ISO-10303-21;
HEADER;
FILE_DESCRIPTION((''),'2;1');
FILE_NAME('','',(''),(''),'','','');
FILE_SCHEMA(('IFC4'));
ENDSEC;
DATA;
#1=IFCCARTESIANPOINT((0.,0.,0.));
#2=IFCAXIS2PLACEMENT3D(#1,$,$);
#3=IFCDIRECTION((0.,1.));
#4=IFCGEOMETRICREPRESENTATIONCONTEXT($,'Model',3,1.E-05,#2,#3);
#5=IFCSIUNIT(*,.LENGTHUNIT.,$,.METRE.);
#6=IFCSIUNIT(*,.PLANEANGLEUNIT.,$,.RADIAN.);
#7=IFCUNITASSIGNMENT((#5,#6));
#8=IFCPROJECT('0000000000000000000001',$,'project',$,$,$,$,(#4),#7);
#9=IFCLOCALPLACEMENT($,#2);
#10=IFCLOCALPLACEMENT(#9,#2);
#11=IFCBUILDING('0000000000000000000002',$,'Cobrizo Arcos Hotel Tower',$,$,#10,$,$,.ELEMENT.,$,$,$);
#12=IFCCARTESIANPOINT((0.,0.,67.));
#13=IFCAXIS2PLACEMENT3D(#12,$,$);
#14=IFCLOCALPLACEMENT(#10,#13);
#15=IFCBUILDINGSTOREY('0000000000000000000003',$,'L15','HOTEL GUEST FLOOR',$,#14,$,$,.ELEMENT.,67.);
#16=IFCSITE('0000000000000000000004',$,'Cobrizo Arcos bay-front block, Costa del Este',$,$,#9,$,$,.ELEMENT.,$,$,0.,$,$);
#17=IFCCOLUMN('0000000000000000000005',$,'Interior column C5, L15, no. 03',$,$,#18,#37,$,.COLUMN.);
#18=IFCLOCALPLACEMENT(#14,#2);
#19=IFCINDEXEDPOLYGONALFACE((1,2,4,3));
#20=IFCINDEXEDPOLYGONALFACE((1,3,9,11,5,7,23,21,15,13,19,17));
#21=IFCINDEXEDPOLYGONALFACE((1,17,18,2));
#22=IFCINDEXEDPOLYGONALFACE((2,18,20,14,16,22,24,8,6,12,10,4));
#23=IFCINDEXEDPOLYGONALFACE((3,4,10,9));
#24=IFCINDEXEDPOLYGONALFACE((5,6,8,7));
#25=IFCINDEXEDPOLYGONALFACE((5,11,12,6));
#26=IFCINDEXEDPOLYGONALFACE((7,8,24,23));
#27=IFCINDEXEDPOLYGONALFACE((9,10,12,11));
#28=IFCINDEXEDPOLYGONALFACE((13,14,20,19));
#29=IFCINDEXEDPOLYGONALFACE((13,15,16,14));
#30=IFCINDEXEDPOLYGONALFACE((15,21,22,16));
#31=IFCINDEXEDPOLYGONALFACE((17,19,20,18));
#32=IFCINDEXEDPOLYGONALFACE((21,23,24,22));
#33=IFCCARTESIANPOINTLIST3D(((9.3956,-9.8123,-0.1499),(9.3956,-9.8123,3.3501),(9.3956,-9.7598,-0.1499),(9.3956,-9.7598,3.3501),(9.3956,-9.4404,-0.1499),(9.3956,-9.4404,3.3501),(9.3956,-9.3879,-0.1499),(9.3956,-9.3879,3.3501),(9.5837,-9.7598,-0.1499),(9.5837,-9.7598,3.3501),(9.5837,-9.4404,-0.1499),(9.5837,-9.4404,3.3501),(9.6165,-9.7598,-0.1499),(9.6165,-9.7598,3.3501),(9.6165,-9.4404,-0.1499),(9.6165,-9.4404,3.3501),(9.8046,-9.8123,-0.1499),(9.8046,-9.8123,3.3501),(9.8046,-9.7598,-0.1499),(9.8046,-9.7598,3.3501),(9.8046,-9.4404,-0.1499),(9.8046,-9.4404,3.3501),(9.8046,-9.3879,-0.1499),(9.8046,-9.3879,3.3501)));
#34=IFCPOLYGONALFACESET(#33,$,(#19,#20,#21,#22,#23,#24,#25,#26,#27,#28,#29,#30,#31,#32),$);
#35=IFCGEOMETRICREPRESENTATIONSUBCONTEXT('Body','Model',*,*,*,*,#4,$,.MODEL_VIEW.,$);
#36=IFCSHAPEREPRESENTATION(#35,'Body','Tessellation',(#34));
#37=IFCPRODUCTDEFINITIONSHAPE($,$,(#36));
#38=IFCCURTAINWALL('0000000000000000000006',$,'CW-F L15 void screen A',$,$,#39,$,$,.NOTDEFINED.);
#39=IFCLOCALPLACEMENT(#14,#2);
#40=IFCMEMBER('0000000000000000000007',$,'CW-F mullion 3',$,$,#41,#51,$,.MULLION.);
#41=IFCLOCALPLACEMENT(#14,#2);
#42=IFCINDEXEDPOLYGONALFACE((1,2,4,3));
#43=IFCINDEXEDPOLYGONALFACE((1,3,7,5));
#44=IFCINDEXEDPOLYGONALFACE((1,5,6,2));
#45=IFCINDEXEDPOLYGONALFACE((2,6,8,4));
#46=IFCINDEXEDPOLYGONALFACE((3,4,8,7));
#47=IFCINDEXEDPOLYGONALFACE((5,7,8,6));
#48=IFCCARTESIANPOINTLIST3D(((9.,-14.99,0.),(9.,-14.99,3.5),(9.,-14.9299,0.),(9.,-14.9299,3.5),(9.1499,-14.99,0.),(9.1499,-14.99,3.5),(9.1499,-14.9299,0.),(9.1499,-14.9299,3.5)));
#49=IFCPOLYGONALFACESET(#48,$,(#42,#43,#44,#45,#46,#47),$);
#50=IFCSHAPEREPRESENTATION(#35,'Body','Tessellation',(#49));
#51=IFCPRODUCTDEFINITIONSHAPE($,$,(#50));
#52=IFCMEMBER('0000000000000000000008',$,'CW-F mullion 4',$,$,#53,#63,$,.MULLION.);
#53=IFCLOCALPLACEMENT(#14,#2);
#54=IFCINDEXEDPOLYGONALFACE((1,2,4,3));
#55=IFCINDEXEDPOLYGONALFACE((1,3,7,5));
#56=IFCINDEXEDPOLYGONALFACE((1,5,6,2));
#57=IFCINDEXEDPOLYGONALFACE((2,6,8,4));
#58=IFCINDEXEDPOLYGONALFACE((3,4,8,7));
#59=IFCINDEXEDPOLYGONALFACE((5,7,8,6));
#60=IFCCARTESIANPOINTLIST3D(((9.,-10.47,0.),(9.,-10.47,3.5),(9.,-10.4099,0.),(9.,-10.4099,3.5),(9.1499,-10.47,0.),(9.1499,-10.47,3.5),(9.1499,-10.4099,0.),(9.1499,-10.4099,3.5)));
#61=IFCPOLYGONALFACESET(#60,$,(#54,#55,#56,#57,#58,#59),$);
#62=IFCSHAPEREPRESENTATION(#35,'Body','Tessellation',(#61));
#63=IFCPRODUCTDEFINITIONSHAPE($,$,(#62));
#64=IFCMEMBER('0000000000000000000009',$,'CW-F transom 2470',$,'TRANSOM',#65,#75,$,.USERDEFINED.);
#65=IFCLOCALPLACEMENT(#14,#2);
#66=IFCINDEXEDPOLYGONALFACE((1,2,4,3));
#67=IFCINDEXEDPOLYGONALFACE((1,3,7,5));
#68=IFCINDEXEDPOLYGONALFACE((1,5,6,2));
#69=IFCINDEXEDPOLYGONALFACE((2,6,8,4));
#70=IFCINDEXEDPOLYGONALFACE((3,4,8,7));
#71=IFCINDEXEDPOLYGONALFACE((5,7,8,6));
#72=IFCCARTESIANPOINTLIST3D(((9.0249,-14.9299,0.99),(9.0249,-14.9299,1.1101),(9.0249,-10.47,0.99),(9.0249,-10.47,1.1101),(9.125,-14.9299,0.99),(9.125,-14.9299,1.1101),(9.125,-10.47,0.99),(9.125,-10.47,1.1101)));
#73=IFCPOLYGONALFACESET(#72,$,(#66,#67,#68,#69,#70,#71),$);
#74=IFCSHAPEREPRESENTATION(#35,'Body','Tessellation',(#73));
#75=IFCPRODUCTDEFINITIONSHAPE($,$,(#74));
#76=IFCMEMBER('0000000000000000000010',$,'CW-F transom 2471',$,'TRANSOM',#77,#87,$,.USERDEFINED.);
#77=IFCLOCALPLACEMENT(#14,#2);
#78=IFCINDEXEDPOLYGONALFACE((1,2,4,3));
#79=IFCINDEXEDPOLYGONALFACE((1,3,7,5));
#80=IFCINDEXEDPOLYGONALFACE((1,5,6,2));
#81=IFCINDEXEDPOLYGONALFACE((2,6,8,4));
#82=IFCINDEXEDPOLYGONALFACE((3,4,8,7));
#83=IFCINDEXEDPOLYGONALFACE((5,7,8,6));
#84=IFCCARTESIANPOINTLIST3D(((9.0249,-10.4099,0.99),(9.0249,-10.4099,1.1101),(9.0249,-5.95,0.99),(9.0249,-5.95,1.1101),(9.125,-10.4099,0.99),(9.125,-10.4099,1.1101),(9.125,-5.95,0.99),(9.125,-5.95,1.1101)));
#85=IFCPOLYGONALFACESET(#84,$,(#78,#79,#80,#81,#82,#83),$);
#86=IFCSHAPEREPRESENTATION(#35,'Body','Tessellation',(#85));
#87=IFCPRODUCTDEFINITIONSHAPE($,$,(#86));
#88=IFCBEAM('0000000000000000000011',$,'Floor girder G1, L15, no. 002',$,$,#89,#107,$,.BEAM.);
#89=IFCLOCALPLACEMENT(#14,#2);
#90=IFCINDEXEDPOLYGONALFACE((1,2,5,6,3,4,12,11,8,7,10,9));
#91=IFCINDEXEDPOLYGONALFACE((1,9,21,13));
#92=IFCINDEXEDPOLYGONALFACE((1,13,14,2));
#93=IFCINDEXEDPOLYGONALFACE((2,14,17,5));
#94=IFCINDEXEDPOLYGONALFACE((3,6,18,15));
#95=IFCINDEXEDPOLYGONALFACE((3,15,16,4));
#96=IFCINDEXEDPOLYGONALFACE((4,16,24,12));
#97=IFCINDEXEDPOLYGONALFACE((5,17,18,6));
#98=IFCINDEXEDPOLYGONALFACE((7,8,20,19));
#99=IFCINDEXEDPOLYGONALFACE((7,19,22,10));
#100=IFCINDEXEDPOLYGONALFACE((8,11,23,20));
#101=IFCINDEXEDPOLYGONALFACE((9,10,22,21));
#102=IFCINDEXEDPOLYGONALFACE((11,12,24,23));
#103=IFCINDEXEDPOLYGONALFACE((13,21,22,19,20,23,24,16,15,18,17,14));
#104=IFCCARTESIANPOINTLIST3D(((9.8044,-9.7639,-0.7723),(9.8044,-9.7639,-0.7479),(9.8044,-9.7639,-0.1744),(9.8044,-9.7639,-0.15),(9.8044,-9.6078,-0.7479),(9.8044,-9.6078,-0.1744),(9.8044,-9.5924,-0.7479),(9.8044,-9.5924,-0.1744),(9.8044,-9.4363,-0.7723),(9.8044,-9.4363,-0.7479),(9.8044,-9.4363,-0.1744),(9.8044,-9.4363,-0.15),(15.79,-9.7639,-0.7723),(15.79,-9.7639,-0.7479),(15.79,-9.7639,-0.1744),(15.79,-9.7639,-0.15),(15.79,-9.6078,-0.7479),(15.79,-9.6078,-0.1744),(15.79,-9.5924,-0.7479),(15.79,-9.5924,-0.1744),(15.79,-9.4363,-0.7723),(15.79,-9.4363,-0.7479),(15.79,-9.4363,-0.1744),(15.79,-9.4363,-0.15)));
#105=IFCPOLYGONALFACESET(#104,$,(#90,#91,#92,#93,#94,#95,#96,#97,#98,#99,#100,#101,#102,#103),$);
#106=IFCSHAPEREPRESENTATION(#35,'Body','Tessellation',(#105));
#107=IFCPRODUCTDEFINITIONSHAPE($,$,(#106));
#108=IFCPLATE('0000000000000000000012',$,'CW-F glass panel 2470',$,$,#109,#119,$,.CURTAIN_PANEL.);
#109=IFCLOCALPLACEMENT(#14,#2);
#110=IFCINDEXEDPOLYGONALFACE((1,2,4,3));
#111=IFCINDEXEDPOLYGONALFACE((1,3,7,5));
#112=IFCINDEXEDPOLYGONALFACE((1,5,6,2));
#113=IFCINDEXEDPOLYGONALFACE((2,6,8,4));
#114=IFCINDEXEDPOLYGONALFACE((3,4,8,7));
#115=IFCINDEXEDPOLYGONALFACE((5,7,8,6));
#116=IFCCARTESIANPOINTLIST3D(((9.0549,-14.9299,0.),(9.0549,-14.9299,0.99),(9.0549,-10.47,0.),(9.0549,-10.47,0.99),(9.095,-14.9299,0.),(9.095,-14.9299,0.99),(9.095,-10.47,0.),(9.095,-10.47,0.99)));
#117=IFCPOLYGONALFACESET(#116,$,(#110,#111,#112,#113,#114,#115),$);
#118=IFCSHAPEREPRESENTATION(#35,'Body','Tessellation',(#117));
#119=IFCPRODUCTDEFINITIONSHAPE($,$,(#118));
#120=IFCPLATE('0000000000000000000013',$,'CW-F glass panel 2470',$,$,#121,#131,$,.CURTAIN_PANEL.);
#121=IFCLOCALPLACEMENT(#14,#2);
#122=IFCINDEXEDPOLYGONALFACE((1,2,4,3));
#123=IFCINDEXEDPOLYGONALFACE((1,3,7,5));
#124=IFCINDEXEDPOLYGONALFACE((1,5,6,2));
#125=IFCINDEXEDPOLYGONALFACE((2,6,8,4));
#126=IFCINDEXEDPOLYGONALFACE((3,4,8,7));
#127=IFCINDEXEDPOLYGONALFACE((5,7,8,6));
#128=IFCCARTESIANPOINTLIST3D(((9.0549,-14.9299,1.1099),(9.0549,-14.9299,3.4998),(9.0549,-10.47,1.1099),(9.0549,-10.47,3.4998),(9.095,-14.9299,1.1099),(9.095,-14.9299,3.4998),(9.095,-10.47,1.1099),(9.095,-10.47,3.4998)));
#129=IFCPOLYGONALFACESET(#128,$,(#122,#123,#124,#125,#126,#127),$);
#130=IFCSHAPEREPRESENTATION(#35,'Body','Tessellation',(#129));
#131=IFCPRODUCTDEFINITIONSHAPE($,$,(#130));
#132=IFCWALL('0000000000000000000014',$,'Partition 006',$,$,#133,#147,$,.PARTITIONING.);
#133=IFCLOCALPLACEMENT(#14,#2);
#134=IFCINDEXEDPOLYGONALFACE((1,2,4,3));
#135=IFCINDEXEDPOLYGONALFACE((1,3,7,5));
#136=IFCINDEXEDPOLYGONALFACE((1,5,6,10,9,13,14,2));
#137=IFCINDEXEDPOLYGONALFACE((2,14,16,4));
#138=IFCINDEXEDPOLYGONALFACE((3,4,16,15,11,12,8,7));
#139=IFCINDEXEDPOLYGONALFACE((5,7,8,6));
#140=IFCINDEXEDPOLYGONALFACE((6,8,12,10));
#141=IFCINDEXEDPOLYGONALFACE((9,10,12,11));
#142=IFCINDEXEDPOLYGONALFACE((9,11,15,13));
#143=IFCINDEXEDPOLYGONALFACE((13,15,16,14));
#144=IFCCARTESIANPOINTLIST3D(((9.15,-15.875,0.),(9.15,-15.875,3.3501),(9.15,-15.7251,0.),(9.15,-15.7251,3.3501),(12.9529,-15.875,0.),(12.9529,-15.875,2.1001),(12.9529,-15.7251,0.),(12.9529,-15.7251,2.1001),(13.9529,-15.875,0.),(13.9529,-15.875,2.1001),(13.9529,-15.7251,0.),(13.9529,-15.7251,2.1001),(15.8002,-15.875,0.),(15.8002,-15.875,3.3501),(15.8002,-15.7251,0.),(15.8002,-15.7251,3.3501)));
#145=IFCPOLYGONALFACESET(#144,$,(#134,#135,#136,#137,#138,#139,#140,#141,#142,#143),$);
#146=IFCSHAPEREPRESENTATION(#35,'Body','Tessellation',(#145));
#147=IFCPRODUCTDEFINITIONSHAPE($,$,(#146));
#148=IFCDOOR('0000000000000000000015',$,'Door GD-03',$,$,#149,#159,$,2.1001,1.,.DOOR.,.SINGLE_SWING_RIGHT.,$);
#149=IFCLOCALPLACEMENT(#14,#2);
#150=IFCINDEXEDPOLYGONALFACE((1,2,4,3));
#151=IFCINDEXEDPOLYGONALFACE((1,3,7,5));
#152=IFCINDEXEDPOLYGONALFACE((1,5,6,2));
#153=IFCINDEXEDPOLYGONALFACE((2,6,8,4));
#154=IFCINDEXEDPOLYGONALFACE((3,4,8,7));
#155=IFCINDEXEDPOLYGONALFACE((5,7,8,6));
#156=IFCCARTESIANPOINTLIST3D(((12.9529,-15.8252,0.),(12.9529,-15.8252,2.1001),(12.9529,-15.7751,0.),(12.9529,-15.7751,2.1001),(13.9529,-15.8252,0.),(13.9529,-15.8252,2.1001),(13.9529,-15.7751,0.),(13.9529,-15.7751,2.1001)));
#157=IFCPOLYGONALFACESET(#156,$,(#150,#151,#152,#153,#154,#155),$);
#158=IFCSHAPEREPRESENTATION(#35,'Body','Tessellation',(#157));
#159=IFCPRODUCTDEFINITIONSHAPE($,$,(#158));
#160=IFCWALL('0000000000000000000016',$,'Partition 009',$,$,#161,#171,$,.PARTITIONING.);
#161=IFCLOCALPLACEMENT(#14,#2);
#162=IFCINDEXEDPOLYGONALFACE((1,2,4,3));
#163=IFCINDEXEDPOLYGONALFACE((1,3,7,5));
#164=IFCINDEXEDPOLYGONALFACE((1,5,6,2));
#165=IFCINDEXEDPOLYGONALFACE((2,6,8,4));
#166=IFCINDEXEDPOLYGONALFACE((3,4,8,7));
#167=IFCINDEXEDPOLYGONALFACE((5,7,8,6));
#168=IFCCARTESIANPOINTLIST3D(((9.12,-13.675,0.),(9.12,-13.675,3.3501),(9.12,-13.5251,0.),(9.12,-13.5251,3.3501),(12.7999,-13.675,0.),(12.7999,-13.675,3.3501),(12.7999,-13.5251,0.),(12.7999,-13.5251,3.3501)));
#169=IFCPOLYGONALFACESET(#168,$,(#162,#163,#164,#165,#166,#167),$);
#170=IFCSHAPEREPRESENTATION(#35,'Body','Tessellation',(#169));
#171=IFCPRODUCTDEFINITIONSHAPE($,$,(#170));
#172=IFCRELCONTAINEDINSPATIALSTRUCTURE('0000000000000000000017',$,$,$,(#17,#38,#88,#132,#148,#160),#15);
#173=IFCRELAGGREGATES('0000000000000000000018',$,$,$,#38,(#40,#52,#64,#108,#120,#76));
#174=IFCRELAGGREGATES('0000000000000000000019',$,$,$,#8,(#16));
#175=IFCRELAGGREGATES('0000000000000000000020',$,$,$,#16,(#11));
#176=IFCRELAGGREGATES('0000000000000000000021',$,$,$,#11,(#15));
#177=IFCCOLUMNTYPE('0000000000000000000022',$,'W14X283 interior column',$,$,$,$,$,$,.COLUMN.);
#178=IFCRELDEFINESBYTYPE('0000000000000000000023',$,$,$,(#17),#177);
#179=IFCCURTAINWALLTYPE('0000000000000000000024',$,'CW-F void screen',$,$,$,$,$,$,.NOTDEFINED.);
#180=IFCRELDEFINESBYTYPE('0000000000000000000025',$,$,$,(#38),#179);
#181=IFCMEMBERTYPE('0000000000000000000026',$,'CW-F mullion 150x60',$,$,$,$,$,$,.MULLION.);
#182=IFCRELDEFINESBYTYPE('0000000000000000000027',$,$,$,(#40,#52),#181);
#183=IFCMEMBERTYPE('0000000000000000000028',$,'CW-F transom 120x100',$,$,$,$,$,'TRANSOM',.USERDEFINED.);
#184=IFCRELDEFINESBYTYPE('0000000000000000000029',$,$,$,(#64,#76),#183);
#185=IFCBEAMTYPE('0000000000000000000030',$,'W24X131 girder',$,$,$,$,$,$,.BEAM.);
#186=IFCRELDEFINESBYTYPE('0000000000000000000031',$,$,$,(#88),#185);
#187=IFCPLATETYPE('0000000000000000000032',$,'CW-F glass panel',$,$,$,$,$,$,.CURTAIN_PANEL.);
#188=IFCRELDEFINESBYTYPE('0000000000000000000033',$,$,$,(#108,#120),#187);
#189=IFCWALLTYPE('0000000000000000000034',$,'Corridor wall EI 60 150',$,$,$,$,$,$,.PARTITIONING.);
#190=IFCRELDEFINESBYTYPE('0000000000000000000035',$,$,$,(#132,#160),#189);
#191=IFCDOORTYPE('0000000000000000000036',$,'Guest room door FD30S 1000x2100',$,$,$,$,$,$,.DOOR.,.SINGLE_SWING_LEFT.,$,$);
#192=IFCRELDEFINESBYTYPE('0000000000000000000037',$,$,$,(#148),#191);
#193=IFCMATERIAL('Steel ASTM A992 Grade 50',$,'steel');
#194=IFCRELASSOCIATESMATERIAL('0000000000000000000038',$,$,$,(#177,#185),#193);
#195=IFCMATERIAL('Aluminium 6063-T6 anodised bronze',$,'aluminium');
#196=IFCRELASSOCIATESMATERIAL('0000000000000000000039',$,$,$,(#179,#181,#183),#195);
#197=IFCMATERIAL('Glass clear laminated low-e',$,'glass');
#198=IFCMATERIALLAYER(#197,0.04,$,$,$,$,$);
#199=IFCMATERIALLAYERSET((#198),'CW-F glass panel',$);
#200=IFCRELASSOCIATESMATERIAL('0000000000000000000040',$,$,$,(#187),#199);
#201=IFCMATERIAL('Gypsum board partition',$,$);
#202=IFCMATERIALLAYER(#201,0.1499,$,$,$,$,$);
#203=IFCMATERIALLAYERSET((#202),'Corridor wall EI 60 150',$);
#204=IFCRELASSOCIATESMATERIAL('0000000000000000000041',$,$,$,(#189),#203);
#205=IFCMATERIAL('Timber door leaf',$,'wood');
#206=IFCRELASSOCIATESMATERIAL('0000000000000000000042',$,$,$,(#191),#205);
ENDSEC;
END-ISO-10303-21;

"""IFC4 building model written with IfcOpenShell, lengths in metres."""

from ifc_helpers import new_model, si_unit, direction, frame, frame_2d, origin, origin_2d, place, context, subcontext, project, spatial, rectangle, i_section, extrude, material, layer, layer_set, material_profile, profile_set, type_object, element, fill, aggregate, save


model = new_model("IFC4")

# Units and contexts
model_context = context("Model", 3, precision=1e-05, world=origin(), true_north=direction((0.0, 1.0)))
body_context = subcontext(model_context, "Body", "Model", "MODEL_VIEW")
ifc_project = project(units=[si_unit("LENGTHUNIT", "METRE"), si_unit("PLANEANGLEUNIT", "RADIAN")], contexts=[model_context])

# Site, building, storey
site_placement = place(None, origin())
site = spatial("IfcSite", under=ifc_project, at=site_placement, Name="Cobrizo Arcos bay-front block, Costa del Este", CompositionType="ELEMENT", RefElevation=0.0)
building_placement = place(site_placement, origin())
building = spatial("IfcBuilding", under=site, at=building_placement, Name="Cobrizo Arcos Hotel Tower", CompositionType="ELEMENT")
storey_placement = place(building_placement, frame((0.0, 0.0, 67.0)))
storey = spatial("IfcBuildingStorey", under=building, at=storey_placement, Name="L15", Description="HOTEL GUEST FLOOR", CompositionType="ELEMENT", Elevation=67.0)

# Column
ifc_material_1 = material(Name="Steel ASTM A992 Grade 50", Category="steel")
ifc_material_profile_1 = material_profile(ifc_material_1, i_section(OverallWidth=0.4089, OverallDepth=0.4243, WebThickness=0.0327, FlangeThickness=0.0525, at=origin_2d()), Name="W14X283")
ifc_profile_set_1 = profile_set([ifc_material_profile_1], Name="Steel ASTM A992 Grade 50")
column_type = type_object("IfcColumnType", Name="W14X283 interior column", PredefinedType="COLUMN", material=ifc_profile_set_1)
column_placement = place(storey_placement, frame((9.6001, -9.6001, -0.1499), z_axis=(0.0, 0.0, 1.0), x_axis=(1.0, 0.0, 0.0)))
element("IfcColumn", 1, at=column_placement, inside=storey, type_object=column_type, Name="Interior column C5, L15, no. 03", PredefinedType="COLUMN", context=body_context, shape_type="SweptSolid", body=[
    extrude(i_section(OverallWidth=0.4089, OverallDepth=0.4243, WebThickness=0.0327, FlangeThickness=0.0525, at=origin_2d()), origin(), (0.0, 0.0, 1.0), 3.5),
])

# Curtain wall, members
ifc_material_2 = material(Name="Aluminium 6063-T6 anodised bronze", Category="aluminium")
curtain_wall_type = type_object("IfcCurtainWallType", Name="CW-F void screen", PredefinedType="NOTDEFINED", material=ifc_material_2)
curtain_wall_placement = place(storey_placement, origin())
curtain_wall = element("IfcCurtainWall", 2, at=curtain_wall_placement, inside=storey, type_object=curtain_wall_type, Name="CW-F L15 void screen A", PredefinedType="NOTDEFINED")
ifc_material_profile_2 = material_profile(ifc_material_2, rectangle(XDim=0.1499, YDim=0.0601, at=origin_2d()), Name="CW-F mullion 150x60")
ifc_profile_set_2 = profile_set([ifc_material_profile_2], Name="Aluminium 6063-T6 anodised bronze")
member_type_1 = type_object("IfcMemberType", Name="CW-F mullion 150x60", PredefinedType="MULLION", material=ifc_profile_set_2)
member_1_placement = place(storey_placement, frame((9.075, -14.96, 0.0), z_axis=(0.0, 0.0, 1.0), x_axis=(1.0, 0.0, 0.0)))
member_1 = element("IfcMember", 3, at=member_1_placement, type_object=member_type_1, Name="CW-F mullion 3", PredefinedType="MULLION", context=body_context, shape_type="SweptSolid", body=[
    extrude(rectangle(XDim=0.1499, YDim=0.0601, at=origin_2d()), origin(), (0.0, 0.0, 1.0), 3.5),
])
member_2_placement = place(storey_placement, frame((9.075, -10.4399, 0.0), z_axis=(0.0, 0.0, 1.0), x_axis=(1.0, 0.0, 0.0)))
member_2 = element("IfcMember", 4, at=member_2_placement, type_object=member_type_1, Name="CW-F mullion 4", PredefinedType="MULLION", context=body_context, shape_type="SweptSolid", body=[
    extrude(rectangle(XDim=0.1499, YDim=0.0601, at=origin_2d()), origin(), (0.0, 0.0, 1.0), 3.5),
])
ifc_material_profile_3 = material_profile(ifc_material_2, rectangle(XDim=0.1001, YDim=0.1201, at=origin_2d()), Name="CW-F transom 120x100")
ifc_profile_set_3 = profile_set([ifc_material_profile_3], Name="Aluminium 6063-T6 anodised bronze")
member_type_2 = type_object("IfcMemberType", Name="CW-F transom 120x100", ElementType="TRANSOM", PredefinedType="USERDEFINED", material=ifc_profile_set_3)
member_3_placement = place(storey_placement, frame((9.075, -14.9299, 1.05), z_axis=(0.0, 1.0, 0.0), x_axis=(-1.0, 0.0, 0.0)))
member_3 = element("IfcMember", 5, at=member_3_placement, type_object=member_type_2, Name="CW-F transom 2470", ObjectType="TRANSOM", PredefinedType="USERDEFINED", context=body_context, shape_type="SweptSolid", body=[
    extrude(rectangle(XDim=0.1001, YDim=0.1201, at=origin_2d()), origin(), (0.0, 0.0, 1.0), 4.46),
])
member_4_placement = place(storey_placement, frame((9.075, -10.4099, 1.05), z_axis=(0.0, 1.0, 0.0), x_axis=(-1.0, 0.0, 0.0)))
member_4 = element("IfcMember", 6, at=member_4_placement, type_object=member_type_2, Name="CW-F transom 2471", ObjectType="TRANSOM", PredefinedType="USERDEFINED", context=body_context, shape_type="SweptSolid", body=[
    extrude(rectangle(XDim=0.1001, YDim=0.1201, at=origin_2d()), origin(), (0.0, 0.0, 1.0), 4.46),
])

# Beam
ifc_material_profile_4 = material_profile(ifc_material_1, i_section(OverallWidth=0.3276, OverallDepth=0.6223, WebThickness=0.0154, FlangeThickness=0.0244, at=origin_2d()), Name="W24X131")
ifc_profile_set_4 = profile_set([ifc_material_profile_4], Name="Steel ASTM A992 Grade 50")
beam_type = type_object("IfcBeamType", Name="W24X131 girder", PredefinedType="BEAM", material=ifc_profile_set_4)
beam_placement = place(storey_placement, frame((9.8044, -9.6001, -0.4612), z_axis=(1.0, 0.0, 0.0), x_axis=(0.0, 1.0, 0.0)))
element("IfcBeam", 7, at=beam_placement, inside=storey, type_object=beam_type, Name="Floor girder G1, L15, no. 002", PredefinedType="BEAM", context=body_context, shape_type="SweptSolid", body=[
    extrude(i_section(OverallWidth=0.3276, OverallDepth=0.6223, WebThickness=0.0154, FlangeThickness=0.0244, at=origin_2d()), origin(), (0.0, 0.0, 1.0), 5.9856),
])

# Plates
ifc_material_3 = material(Name="Glass clear laminated low-e", Category="glass")
ifc_layer_1 = layer(ifc_material_3, 0.04)
ifc_layer_set_1 = layer_set([ifc_layer_1], Name="CW-F glass panel")
plate_type = type_object("IfcPlateType", Name="CW-F glass panel", PredefinedType="CURTAIN_PANEL", material=ifc_layer_set_1)
plate_1_placement = place(storey_placement, frame((9.075, -12.7, 0.0), z_axis=(0.0, 0.0, 1.0), x_axis=(0.0, 1.0, 0.0)))
plate_1 = element("IfcPlate", 8, at=plate_1_placement, type_object=plate_type, Name="CW-F glass panel 2470", PredefinedType="CURTAIN_PANEL", context=body_context, shape_type="SweptSolid", body=[
    extrude(rectangle(XDim=4.46, YDim=0.04, at=origin_2d()), origin(), (0.0, 0.0, 1.0), 0.99),
])
plate_2_placement = place(storey_placement, frame((9.075, -12.7, 1.1099), z_axis=(0.0, 0.0, 1.0), x_axis=(0.0, 1.0, 0.0)))
plate_2 = element("IfcPlate", 9, at=plate_2_placement, type_object=plate_type, Name="CW-F glass panel 2470", PredefinedType="CURTAIN_PANEL", context=body_context, shape_type="SweptSolid", body=[
    extrude(rectangle(XDim=4.46, YDim=0.04, at=origin_2d()), origin(), (0.0, 0.0, 1.0), 2.3899),
])
aggregate(curtain_wall, [member_1, member_2, member_3, plate_1, plate_2, member_4])

# Wall, opening, door
ifc_material_4 = material(Name="Gypsum board partition")
ifc_layer_2 = layer(ifc_material_4, 0.1499)
ifc_layer_set_2 = layer_set([ifc_layer_2], Name="Corridor wall EI 60 150")
wall_type_1 = type_object("IfcWallType", Name="Corridor wall EI 60 150", PredefinedType="PARTITIONING", material=ifc_layer_set_2)
wall_1_placement = place(storey_placement, frame((9.1499, -15.8, 0.0), z_axis=(0.0, 0.0, 1.0), x_axis=(1.0, 0.0, 0.0)))
wall_1 = element("IfcWall", 10, at=wall_1_placement, inside=storey, type_object=wall_type_1, Name="Partition 006", PredefinedType="PARTITIONING", context=body_context, shape_type="SweptSolid", body=[
    extrude(rectangle(XDim=6.6501, YDim=0.1499, at=frame_2d((3.3252, 0.0))), origin(), (0.0, 0.0, 1.0), 3.3501),
])
opening_1_placement = place(wall_1_placement, frame((3.803, 0.0, 0.0)))
opening_1 = element("IfcOpeningElement", 11, at=opening_1_placement, cuts=wall_1, PredefinedType="OPENING", context=body_context, shape_type="SweptSolid", body=[
    extrude(rectangle(XDim=1.0, YDim=2.1001, at=frame_2d((0.5, 1.05))), frame((0.0, 0.0869, 0.0), z_axis=(0.0, -1.0, 0.0), x_axis=(1.0, 0.0, 0.0)), (0.0, 0.0, 1.0), 0.1738),
])
ifc_material_5 = material(Name="Timber door leaf", Category="wood")
door_type_1 = type_object("IfcDoorType", Name="Guest room door FD30S 1000x2100", OperationType="SINGLE_SWING_LEFT", PredefinedType="DOOR", material=ifc_material_5)
door_1_placement = place(opening_1_placement, origin())
door_1 = element("IfcDoor", 12, at=door_1_placement, inside=storey, type_object=door_type_1, Name="Door GD-03", OperationType="SINGLE_SWING_RIGHT", OverallHeight=2.1001, OverallWidth=1.0, PredefinedType="DOOR", context=body_context, shape_type="SweptSolid", body=[
    extrude(rectangle(XDim=1.0, YDim=2.1001, at=frame_2d((0.5, 1.05))), frame((0.0, 0.0249, 0.0), z_axis=(0.0, -1.0, 0.0), x_axis=(1.0, 0.0, 0.0)), (0.0, 0.0, 1.0), 0.05),
])
fill(opening_1, door_1)

# Wall
wall_2_placement = place(storey_placement, frame((9.1201, -13.6001, 0.0), z_axis=(0.0, 0.0, 1.0), x_axis=(1.0, 0.0, 0.0)))
element("IfcWall", 13, at=wall_2_placement, inside=storey, type_object=wall_type_1, Name="Partition 009", PredefinedType="PARTITIONING", context=body_context, shape_type="SweptSolid", body=[
    extrude(rectangle(XDim=3.6799, YDim=0.1499, at=frame_2d((1.8398, 0.0))), origin(), (0.0, 0.0, 1.0), 3.3501),
])

save(model, "model.ifc")
